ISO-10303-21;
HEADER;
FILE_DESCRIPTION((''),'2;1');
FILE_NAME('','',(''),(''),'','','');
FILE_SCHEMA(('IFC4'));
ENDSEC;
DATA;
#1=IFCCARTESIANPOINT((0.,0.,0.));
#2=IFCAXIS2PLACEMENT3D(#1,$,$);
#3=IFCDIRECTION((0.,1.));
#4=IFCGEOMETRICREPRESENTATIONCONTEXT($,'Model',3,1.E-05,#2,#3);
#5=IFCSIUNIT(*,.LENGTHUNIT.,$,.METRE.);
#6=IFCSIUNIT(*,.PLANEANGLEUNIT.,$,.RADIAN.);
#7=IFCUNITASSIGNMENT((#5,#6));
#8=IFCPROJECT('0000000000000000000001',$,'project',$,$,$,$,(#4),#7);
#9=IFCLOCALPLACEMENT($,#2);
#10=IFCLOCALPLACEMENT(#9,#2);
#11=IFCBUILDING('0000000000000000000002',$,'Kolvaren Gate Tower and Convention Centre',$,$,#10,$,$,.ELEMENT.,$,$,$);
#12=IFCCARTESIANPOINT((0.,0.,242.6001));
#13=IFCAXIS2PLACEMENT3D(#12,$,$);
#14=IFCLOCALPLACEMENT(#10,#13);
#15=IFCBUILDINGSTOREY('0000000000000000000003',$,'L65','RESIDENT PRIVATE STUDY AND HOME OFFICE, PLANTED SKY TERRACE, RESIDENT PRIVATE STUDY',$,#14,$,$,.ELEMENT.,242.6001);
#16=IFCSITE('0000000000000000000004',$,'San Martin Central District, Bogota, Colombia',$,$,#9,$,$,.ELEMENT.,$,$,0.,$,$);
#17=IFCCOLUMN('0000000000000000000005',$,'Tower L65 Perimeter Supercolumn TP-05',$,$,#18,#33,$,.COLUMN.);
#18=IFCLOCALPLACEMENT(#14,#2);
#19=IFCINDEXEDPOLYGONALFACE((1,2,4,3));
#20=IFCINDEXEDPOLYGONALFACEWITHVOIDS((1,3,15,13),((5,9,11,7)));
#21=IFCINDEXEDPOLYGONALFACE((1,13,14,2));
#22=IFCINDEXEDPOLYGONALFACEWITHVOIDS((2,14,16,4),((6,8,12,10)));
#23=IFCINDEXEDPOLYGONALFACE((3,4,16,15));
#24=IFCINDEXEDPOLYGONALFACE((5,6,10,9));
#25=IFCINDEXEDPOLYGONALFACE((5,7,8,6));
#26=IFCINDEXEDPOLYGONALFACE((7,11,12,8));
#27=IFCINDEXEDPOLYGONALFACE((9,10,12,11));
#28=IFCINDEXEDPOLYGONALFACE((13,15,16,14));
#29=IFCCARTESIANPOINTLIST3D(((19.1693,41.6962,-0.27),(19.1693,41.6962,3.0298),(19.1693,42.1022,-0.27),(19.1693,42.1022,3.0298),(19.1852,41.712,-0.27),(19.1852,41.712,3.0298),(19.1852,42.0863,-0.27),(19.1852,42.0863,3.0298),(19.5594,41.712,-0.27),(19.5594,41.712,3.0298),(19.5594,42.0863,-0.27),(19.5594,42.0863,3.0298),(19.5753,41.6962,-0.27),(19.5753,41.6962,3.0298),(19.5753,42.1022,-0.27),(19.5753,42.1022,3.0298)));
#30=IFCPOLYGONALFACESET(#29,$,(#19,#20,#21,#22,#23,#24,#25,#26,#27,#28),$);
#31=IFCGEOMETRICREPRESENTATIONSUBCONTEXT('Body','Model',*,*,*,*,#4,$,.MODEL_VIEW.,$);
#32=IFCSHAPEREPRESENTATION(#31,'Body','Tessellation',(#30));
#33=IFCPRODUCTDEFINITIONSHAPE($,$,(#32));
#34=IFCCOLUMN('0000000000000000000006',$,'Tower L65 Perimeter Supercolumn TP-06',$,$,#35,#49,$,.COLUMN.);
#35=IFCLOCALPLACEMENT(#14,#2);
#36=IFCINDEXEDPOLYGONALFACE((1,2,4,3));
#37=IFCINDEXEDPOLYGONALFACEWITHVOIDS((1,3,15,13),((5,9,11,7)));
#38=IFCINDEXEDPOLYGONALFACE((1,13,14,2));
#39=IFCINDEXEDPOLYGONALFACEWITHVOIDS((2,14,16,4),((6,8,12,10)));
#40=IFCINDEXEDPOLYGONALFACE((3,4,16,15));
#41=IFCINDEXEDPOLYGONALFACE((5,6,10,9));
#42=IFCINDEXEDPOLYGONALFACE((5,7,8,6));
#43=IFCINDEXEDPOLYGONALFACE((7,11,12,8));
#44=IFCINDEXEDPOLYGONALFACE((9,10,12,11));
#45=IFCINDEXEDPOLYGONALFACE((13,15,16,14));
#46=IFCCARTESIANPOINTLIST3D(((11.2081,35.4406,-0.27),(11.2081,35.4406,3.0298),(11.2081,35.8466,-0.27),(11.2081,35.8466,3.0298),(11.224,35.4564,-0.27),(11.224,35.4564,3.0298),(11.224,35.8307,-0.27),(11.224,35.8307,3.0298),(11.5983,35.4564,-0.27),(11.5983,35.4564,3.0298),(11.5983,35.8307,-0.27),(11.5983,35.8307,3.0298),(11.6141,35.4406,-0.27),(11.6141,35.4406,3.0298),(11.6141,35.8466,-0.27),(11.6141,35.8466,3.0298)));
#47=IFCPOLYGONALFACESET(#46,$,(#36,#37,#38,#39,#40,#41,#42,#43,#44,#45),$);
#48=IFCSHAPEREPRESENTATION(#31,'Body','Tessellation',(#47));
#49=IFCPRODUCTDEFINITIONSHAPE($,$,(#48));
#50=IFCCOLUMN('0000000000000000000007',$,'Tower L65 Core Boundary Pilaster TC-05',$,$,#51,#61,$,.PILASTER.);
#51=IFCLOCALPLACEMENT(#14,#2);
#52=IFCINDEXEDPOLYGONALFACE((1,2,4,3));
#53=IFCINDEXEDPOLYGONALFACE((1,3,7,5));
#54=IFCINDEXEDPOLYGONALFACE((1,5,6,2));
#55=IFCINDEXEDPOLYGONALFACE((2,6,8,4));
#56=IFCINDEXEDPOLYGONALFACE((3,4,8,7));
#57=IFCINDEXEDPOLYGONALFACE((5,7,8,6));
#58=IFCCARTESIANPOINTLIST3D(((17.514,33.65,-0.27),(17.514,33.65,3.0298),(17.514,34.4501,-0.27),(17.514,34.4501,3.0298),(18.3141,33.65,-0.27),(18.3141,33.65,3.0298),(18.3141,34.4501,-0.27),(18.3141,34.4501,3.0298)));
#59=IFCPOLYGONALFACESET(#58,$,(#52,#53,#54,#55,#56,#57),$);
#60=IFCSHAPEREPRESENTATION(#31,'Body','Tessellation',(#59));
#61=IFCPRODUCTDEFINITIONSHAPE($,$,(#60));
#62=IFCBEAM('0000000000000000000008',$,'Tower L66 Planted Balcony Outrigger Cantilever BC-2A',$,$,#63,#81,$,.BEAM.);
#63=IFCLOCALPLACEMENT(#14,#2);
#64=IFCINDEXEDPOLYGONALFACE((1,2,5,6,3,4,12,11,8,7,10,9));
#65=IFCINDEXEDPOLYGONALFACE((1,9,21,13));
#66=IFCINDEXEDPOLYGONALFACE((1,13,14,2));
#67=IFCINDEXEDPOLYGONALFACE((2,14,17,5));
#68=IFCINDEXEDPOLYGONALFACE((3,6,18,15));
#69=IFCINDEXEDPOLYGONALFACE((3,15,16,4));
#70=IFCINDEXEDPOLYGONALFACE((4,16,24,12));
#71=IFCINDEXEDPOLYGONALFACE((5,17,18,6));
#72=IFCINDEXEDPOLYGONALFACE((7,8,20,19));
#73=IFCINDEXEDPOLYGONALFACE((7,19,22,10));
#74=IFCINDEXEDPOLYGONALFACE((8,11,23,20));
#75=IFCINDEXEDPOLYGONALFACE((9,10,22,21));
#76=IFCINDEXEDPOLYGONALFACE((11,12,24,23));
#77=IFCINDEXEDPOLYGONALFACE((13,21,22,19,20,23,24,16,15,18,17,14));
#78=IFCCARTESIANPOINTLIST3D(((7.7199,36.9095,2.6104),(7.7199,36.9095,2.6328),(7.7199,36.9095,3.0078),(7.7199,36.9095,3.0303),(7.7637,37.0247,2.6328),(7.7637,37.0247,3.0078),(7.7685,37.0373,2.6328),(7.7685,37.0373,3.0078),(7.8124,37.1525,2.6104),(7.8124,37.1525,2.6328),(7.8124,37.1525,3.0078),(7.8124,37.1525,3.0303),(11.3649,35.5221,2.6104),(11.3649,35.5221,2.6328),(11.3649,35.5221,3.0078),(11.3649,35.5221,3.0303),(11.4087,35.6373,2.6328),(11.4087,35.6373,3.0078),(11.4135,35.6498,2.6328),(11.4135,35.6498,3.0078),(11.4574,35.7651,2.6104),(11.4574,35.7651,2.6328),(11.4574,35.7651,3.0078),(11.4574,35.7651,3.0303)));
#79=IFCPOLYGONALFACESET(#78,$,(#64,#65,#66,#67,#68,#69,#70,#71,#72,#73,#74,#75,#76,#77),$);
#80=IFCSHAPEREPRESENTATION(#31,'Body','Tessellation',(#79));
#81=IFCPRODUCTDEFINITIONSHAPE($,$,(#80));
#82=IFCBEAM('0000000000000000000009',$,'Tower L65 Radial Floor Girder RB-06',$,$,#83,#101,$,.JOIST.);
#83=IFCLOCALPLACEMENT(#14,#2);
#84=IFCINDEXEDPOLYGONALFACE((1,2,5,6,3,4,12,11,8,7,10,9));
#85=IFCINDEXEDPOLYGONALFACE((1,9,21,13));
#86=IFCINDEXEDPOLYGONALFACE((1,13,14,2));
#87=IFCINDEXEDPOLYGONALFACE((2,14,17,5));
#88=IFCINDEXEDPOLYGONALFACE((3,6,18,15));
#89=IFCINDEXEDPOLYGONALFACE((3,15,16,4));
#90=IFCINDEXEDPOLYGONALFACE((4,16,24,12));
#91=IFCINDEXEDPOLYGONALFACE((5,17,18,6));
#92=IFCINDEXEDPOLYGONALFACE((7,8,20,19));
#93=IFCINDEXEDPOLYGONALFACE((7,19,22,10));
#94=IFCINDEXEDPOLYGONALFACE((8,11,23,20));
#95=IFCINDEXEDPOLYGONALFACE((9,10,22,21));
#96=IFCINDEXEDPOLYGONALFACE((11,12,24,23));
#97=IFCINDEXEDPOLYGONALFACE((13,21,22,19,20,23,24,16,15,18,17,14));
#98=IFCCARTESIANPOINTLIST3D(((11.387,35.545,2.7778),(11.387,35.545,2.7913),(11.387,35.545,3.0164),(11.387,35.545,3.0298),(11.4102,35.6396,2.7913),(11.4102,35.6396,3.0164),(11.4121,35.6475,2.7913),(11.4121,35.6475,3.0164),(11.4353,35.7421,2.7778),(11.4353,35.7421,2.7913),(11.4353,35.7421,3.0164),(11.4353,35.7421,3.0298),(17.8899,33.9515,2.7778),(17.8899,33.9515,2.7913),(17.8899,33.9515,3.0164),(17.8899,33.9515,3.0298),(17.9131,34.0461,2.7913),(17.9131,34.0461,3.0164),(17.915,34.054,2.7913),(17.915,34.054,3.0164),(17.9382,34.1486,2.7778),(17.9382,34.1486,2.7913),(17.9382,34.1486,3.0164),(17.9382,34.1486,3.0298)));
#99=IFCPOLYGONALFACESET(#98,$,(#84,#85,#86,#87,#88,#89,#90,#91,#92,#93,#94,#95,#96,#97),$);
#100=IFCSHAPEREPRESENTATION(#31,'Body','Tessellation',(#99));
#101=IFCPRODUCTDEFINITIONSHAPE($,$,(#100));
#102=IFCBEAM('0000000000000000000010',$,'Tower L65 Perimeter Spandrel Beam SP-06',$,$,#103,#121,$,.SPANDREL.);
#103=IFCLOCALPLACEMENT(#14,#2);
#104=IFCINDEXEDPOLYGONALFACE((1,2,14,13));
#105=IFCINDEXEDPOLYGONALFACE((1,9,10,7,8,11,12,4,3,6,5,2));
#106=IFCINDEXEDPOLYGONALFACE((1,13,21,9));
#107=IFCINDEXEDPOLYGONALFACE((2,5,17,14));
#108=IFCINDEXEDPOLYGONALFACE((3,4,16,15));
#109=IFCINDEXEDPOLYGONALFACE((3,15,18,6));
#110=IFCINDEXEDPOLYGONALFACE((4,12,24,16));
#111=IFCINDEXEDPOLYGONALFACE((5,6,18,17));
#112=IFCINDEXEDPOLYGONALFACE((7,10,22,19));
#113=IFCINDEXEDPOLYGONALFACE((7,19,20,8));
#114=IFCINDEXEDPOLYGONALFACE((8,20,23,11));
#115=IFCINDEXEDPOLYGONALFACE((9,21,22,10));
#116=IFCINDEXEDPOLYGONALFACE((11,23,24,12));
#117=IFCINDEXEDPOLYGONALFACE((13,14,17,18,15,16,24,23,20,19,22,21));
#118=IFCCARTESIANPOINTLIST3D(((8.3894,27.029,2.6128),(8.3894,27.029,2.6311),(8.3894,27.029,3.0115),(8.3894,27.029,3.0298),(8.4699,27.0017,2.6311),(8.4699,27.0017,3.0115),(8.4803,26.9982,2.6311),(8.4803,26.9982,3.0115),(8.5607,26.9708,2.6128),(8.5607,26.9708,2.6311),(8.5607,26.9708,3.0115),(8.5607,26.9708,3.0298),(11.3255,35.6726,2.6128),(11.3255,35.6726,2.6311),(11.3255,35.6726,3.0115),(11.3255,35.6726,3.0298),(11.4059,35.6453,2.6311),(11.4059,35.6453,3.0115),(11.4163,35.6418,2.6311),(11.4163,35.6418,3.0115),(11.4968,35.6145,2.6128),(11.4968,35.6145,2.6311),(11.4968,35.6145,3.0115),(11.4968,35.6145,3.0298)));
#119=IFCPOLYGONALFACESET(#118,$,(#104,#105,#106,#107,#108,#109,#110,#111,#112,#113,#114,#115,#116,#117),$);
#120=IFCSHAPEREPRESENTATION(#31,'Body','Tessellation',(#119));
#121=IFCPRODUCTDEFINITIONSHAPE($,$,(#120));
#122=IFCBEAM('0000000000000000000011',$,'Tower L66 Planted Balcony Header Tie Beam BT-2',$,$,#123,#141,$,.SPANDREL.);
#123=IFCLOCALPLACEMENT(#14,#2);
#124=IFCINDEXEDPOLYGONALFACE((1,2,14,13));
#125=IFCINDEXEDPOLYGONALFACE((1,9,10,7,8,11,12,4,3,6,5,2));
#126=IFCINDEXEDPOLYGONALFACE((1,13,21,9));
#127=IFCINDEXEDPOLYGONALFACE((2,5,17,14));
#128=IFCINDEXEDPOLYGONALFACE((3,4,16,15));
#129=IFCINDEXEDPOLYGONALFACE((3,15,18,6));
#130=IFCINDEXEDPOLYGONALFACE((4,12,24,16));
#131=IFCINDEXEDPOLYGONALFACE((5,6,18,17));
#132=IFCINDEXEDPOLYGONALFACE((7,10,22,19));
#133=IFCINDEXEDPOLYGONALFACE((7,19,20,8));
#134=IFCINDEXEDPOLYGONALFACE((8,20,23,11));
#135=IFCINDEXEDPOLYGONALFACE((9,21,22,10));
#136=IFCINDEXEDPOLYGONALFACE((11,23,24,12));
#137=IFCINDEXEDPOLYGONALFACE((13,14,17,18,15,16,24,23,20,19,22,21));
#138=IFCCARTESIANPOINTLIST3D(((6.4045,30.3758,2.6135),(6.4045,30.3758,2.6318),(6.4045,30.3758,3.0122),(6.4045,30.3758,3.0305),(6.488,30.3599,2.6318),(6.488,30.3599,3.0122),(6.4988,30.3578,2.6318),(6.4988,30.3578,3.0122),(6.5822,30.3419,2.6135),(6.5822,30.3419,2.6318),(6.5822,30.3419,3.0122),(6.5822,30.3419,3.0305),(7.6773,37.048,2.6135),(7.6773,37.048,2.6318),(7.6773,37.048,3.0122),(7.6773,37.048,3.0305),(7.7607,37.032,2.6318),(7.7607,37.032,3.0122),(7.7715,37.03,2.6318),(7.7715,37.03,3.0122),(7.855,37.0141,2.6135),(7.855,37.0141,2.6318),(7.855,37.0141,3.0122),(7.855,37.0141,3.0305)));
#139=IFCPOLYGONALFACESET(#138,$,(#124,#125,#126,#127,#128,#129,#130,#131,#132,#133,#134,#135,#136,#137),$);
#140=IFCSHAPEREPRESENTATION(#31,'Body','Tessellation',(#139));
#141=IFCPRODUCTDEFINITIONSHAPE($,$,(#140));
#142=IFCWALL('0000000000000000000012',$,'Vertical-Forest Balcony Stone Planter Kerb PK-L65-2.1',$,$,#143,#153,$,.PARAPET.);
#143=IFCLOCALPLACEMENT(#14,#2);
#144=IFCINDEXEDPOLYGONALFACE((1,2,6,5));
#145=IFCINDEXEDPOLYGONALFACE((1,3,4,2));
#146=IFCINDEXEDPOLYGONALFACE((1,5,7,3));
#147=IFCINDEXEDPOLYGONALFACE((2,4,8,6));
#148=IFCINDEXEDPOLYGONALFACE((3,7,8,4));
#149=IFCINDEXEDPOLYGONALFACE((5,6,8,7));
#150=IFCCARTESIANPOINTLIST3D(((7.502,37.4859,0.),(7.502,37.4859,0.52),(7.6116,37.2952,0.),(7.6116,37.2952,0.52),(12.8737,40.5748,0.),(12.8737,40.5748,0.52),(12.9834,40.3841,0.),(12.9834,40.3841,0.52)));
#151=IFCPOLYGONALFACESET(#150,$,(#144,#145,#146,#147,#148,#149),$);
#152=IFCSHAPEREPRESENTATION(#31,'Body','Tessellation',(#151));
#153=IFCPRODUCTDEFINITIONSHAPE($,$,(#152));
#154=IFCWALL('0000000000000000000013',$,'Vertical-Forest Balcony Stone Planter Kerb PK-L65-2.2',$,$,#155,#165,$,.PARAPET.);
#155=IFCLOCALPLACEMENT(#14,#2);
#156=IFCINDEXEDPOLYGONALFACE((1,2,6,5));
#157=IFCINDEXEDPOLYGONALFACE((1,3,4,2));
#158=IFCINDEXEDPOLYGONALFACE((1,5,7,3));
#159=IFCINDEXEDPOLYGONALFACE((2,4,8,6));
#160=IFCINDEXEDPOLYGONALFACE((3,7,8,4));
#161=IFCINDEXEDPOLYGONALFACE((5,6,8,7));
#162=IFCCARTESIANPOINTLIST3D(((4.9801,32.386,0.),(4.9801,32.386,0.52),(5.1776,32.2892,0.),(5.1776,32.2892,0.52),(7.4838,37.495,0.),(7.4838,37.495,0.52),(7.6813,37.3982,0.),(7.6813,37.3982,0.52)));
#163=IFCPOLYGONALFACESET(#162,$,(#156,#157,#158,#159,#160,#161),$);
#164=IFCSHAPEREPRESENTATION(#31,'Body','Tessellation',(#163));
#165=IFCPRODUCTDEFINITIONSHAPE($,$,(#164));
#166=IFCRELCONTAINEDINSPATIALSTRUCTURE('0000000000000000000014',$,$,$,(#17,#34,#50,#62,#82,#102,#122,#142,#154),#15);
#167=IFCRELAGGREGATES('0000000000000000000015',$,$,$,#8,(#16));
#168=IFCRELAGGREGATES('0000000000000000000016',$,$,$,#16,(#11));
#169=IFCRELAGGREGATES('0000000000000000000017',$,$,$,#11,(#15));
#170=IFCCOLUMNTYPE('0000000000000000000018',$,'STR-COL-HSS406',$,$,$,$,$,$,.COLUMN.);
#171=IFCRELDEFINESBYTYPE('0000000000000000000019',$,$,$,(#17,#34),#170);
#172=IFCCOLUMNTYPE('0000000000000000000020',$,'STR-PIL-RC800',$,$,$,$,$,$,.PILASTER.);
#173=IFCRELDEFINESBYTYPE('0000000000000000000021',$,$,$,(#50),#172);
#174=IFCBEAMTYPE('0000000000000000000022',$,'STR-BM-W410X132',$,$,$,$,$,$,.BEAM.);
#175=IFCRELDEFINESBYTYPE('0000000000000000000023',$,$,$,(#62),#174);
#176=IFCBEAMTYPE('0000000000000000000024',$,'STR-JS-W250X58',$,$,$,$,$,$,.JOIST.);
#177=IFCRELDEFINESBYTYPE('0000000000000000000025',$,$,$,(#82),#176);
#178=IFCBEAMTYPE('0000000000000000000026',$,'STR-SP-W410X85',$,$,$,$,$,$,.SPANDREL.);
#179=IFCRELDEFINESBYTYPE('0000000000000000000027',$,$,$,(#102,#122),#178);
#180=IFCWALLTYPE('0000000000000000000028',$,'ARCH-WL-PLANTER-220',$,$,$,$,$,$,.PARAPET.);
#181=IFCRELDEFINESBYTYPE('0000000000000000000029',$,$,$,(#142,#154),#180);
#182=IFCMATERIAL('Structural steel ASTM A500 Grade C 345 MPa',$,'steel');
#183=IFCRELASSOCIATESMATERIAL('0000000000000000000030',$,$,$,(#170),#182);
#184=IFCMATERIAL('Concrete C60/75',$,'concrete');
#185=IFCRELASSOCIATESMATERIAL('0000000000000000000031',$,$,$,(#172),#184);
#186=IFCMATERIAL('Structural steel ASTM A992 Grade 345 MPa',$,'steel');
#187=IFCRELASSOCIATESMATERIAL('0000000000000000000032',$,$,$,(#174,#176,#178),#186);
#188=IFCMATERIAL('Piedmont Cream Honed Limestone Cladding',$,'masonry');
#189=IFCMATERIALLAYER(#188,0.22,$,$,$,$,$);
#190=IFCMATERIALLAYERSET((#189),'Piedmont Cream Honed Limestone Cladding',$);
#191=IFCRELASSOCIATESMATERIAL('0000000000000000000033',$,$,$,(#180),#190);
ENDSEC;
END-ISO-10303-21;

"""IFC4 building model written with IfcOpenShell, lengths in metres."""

from ifc_helpers import new_model, si_unit, direction, frame, frame_2d, origin, origin_2d, place, context, subcontext, project, spatial, rectangle, hollow_rectangle, i_section, extrude, material, layer, layer_set, material_profile, profile_set, type_object, element, save


model = new_model("IFC4")

# Units and contexts
model_context = context("Model", 3, precision=1e-05, world=origin(), true_north=direction((0.0, 1.0)))
body_context = subcontext(model_context, "Body", "Model", "MODEL_VIEW")
ifc_project = project(units=[si_unit("LENGTHUNIT", "METRE"), si_unit("PLANEANGLEUNIT", "RADIAN")], contexts=[model_context])

# Site, building, storey
site_placement = place(None, origin())
site = spatial("IfcSite", under=ifc_project, at=site_placement, Name="San Martin Central District, Bogota, Colombia", CompositionType="ELEMENT", RefElevation=0.0)
building_placement = place(site_placement, origin())
building = spatial("IfcBuilding", under=site, at=building_placement, Name="Kolvaren Gate Tower and Convention Centre", CompositionType="ELEMENT")
storey_placement = place(building_placement, frame((0.0, 0.0, 242.6001)))
storey = spatial("IfcBuildingStorey", under=building, at=storey_placement, Name="L65", Description="RESIDENT PRIVATE STUDY AND HOME OFFICE, PLANTED SKY TERRACE, RESIDENT PRIVATE STUDY", CompositionType="ELEMENT", Elevation=242.6001)

# Columns
ifc_material_1 = material(Name="Structural steel ASTM A500 Grade C 345 MPa", Category="steel")
ifc_material_profile_1 = material_profile(ifc_material_1, hollow_rectangle(XDim=0.406, YDim=0.406, WallThickness=0.0159, at=origin_2d()), Name="HSS406X406X15.9")
ifc_profile_set_1 = profile_set([ifc_material_profile_1], Name="Structural steel ASTM A500 Grade C 345 MPa")
column_type_1 = type_object("IfcColumnType", Name="STR-COL-HSS406", PredefinedType="COLUMN", material=ifc_profile_set_1)
for number, where, z_axis, x_axis, name in (
    (1, (19.3723, 41.8992, -0.27), (0.0, 0.0, 1.0), (1.0, 0.0, 0.0), "Tower L65 Perimeter Supercolumn TP-05"),
    (2, (11.4111, 35.6436, -0.27), (0.0, 0.0, 1.0), (1.0, 0.0, 0.0), "Tower L65 Perimeter Supercolumn TP-06"),
):
    element("IfcColumn", number, at=place(storey_placement, frame(where, z_axis=z_axis, x_axis=x_axis)), inside=storey, type_object=column_type_1, Name=name, PredefinedType="COLUMN", context=body_context, shape_type="SweptSolid", body=[
        extrude(hollow_rectangle(XDim=0.406, YDim=0.406, WallThickness=0.0159, at=origin_2d()), origin(), (0.0, 0.0, 1.0), 3.2998),
    ])
ifc_material_2 = material(Name="Concrete C60/75", Category="concrete")
ifc_material_profile_2 = material_profile(ifc_material_2, rectangle(XDim=0.8, YDim=0.8, at=origin_2d()), Name="RC-COL-800X800")
ifc_profile_set_2 = profile_set([ifc_material_profile_2], Name="Concrete C60/75")
column_type_2 = type_object("IfcColumnType", Name="STR-PIL-RC800", PredefinedType="PILASTER", material=ifc_profile_set_2)
column_placement = place(storey_placement, frame((17.9141, 34.05, -0.27), z_axis=(0.0, 0.0, 1.0), x_axis=(1.0, 0.0, 0.0)))
element("IfcColumn", 3, at=column_placement, inside=storey, type_object=column_type_2, Name="Tower L65 Core Boundary Pilaster TC-05", PredefinedType="PILASTER", context=body_context, shape_type="SweptSolid", body=[
    extrude(rectangle(XDim=0.8, YDim=0.8, at=origin_2d()), origin(), (0.0, 0.0, 1.0), 3.2998),
])

# Beams
ifc_material_3 = material(Name="Structural steel ASTM A992 Grade 345 MPa", Category="steel")
ifc_material_profile_3 = material_profile(ifc_material_3, i_section(OverallWidth=0.26, OverallDepth=0.4199, WebThickness=0.0134, FlangeThickness=0.0225, at=origin_2d()), Name="W410X132")
ifc_profile_set_3 = profile_set([ifc_material_profile_3], Name="Structural steel ASTM A992 Grade 345 MPa")
beam_type_1 = type_object("IfcBeamType", Name="STR-BM-W410X132", PredefinedType="BEAM", material=ifc_profile_set_3)
beam_1_placement = place(storey_placement, frame((11.4111, 35.6436, 2.8203), z_axis=(-0.934584, 0.355743, 0.0), x_axis=(-0.355743, -0.934584, 0.0)))
element("IfcBeam", 4, at=beam_1_placement, inside=storey, type_object=beam_type_1, Name="Tower L66 Planted Balcony Outrigger Cantilever BC-2A", PredefinedType="BEAM", context=body_context, shape_type="SweptSolid", body=[
    extrude(i_section(OverallWidth=0.26, OverallDepth=0.4199, WebThickness=0.0134, FlangeThickness=0.0225, at=origin_2d()), origin(), (0.0, 0.0, 1.0), 3.9001),
])
ifc_material_profile_4 = material_profile(ifc_material_3, i_section(OverallWidth=0.2029, OverallDepth=0.252, WebThickness=0.0081, FlangeThickness=0.0134, at=origin_2d()), Name="W250X58")
ifc_profile_set_4 = profile_set([ifc_material_profile_4], Name="Structural steel ASTM A992 Grade 345 MPa")
beam_type_2 = type_object("IfcBeamType", Name="STR-JS-W250X58", PredefinedType="JOIST", material=ifc_profile_set_4)
beam_2_placement = place(storey_placement, frame((17.9141, 34.05, 2.9038), z_axis=(-0.971264, 0.238003, 0.0), x_axis=(-0.238003, -0.971264, 0.0)))
element("IfcBeam", 5, at=beam_2_placement, inside=storey, type_object=beam_type_2, Name="Tower L65 Radial Floor Girder RB-06", PredefinedType="JOIST", context=body_context, shape_type="SweptSolid", body=[
    extrude(i_section(OverallWidth=0.2029, OverallDepth=0.252, WebThickness=0.0081, FlangeThickness=0.0134, at=origin_2d()), origin(), (0.0, 0.0, 1.0), 6.6953),
])
ifc_material_profile_5 = material_profile(ifc_material_3, i_section(OverallWidth=0.1809, OverallDepth=0.417, WebThickness=0.011, FlangeThickness=0.0183, at=origin_2d()), Name="W410X85")
ifc_profile_set_5 = profile_set([ifc_material_profile_5], Name="Structural steel ASTM A992 Grade 345 MPa")
beam_type_3 = type_object("IfcBeamType", Name="STR-SP-W410X85", PredefinedType="SPANDREL", material=ifc_profile_set_5)
beam_3_placement = place(storey_placement, frame((11.4111, 35.6436, 2.8213), z_axis=(-0.32163, -0.946865, 0.0), x_axis=(0.946865, -0.32163, 0.0)))
element("IfcBeam", 6, at=beam_3_placement, inside=storey, type_object=beam_type_3, Name="Tower L65 Perimeter Spandrel Beam SP-06", PredefinedType="SPANDREL", context=body_context, shape_type="SweptSolid", body=[
    extrude(i_section(OverallWidth=0.1809, OverallDepth=0.417, WebThickness=0.011, FlangeThickness=0.0183, at=origin_2d()), origin(), (0.0, 0.0, 1.0), 9.1287),
])
beam_4_placement = place(storey_placement, frame((7.7661, 37.031, 2.822), z_axis=(-0.187371, -0.982289, 0.0), x_axis=(0.982289, -0.187371, 0.0)))
element("IfcBeam", 7, at=beam_4_placement, inside=storey, type_object=beam_type_3, Name="Tower L66 Planted Balcony Header Tie Beam BT-2", PredefinedType="SPANDREL", context=body_context, shape_type="SweptSolid", body=[
    extrude(i_section(OverallWidth=0.1809, OverallDepth=0.417, WebThickness=0.011, FlangeThickness=0.0183, at=origin_2d()), origin(), (0.0, 0.0, 1.0), 6.7925),
])

# Walls
ifc_material_4 = material(Name="Piedmont Cream Honed Limestone Cladding", Category="masonry")
ifc_layer_1 = layer(ifc_material_4, 0.22)
ifc_layer_set_1 = layer_set([ifc_layer_1], Name="Piedmont Cream Honed Limestone Cladding")
wall_type_1 = type_object("IfcWallType", Name="ARCH-WL-PLANTER-220", PredefinedType="PARAPET", material=ifc_layer_set_1)
wall_1_placement = place(storey_placement, frame((7.5569, 37.3906, 0.0), z_axis=(0.0, 0.0, 1.0), x_axis=(0.866902, 0.498479, 0.0)))
element("IfcWall", 8, at=wall_1_placement, inside=storey, type_object=wall_type_1, Name="Vertical-Forest Balcony Stone Planter Kerb PK-L65-2.1", PredefinedType="PARAPET", context=body_context, shape_type="SweptSolid", body=[
    extrude(rectangle(XDim=6.1965, YDim=0.22, at=frame_2d((3.0981, 0.0))), origin(), (0.0, 0.0, 1.0), 0.52),
])
wall_2_placement = place(storey_placement, frame((5.0789, 32.3376, 0.0), z_axis=(0.0, 0.0, 1.0), x_axis=(0.440059, 0.897969, 0.0)))
element("IfcWall", 9, at=wall_2_placement, inside=storey, type_object=wall_type_1, Name="Vertical-Forest Balcony Stone Planter Kerb PK-L65-2.2", PredefinedType="PARAPET", context=body_context, shape_type="SweptSolid", body=[
    extrude(rectangle(XDim=5.6895, YDim=0.22, at=frame_2d((2.8447, 0.0))), origin(), (0.0, 0.0, 1.0), 0.52),
])

save(model, "model.ifc")
